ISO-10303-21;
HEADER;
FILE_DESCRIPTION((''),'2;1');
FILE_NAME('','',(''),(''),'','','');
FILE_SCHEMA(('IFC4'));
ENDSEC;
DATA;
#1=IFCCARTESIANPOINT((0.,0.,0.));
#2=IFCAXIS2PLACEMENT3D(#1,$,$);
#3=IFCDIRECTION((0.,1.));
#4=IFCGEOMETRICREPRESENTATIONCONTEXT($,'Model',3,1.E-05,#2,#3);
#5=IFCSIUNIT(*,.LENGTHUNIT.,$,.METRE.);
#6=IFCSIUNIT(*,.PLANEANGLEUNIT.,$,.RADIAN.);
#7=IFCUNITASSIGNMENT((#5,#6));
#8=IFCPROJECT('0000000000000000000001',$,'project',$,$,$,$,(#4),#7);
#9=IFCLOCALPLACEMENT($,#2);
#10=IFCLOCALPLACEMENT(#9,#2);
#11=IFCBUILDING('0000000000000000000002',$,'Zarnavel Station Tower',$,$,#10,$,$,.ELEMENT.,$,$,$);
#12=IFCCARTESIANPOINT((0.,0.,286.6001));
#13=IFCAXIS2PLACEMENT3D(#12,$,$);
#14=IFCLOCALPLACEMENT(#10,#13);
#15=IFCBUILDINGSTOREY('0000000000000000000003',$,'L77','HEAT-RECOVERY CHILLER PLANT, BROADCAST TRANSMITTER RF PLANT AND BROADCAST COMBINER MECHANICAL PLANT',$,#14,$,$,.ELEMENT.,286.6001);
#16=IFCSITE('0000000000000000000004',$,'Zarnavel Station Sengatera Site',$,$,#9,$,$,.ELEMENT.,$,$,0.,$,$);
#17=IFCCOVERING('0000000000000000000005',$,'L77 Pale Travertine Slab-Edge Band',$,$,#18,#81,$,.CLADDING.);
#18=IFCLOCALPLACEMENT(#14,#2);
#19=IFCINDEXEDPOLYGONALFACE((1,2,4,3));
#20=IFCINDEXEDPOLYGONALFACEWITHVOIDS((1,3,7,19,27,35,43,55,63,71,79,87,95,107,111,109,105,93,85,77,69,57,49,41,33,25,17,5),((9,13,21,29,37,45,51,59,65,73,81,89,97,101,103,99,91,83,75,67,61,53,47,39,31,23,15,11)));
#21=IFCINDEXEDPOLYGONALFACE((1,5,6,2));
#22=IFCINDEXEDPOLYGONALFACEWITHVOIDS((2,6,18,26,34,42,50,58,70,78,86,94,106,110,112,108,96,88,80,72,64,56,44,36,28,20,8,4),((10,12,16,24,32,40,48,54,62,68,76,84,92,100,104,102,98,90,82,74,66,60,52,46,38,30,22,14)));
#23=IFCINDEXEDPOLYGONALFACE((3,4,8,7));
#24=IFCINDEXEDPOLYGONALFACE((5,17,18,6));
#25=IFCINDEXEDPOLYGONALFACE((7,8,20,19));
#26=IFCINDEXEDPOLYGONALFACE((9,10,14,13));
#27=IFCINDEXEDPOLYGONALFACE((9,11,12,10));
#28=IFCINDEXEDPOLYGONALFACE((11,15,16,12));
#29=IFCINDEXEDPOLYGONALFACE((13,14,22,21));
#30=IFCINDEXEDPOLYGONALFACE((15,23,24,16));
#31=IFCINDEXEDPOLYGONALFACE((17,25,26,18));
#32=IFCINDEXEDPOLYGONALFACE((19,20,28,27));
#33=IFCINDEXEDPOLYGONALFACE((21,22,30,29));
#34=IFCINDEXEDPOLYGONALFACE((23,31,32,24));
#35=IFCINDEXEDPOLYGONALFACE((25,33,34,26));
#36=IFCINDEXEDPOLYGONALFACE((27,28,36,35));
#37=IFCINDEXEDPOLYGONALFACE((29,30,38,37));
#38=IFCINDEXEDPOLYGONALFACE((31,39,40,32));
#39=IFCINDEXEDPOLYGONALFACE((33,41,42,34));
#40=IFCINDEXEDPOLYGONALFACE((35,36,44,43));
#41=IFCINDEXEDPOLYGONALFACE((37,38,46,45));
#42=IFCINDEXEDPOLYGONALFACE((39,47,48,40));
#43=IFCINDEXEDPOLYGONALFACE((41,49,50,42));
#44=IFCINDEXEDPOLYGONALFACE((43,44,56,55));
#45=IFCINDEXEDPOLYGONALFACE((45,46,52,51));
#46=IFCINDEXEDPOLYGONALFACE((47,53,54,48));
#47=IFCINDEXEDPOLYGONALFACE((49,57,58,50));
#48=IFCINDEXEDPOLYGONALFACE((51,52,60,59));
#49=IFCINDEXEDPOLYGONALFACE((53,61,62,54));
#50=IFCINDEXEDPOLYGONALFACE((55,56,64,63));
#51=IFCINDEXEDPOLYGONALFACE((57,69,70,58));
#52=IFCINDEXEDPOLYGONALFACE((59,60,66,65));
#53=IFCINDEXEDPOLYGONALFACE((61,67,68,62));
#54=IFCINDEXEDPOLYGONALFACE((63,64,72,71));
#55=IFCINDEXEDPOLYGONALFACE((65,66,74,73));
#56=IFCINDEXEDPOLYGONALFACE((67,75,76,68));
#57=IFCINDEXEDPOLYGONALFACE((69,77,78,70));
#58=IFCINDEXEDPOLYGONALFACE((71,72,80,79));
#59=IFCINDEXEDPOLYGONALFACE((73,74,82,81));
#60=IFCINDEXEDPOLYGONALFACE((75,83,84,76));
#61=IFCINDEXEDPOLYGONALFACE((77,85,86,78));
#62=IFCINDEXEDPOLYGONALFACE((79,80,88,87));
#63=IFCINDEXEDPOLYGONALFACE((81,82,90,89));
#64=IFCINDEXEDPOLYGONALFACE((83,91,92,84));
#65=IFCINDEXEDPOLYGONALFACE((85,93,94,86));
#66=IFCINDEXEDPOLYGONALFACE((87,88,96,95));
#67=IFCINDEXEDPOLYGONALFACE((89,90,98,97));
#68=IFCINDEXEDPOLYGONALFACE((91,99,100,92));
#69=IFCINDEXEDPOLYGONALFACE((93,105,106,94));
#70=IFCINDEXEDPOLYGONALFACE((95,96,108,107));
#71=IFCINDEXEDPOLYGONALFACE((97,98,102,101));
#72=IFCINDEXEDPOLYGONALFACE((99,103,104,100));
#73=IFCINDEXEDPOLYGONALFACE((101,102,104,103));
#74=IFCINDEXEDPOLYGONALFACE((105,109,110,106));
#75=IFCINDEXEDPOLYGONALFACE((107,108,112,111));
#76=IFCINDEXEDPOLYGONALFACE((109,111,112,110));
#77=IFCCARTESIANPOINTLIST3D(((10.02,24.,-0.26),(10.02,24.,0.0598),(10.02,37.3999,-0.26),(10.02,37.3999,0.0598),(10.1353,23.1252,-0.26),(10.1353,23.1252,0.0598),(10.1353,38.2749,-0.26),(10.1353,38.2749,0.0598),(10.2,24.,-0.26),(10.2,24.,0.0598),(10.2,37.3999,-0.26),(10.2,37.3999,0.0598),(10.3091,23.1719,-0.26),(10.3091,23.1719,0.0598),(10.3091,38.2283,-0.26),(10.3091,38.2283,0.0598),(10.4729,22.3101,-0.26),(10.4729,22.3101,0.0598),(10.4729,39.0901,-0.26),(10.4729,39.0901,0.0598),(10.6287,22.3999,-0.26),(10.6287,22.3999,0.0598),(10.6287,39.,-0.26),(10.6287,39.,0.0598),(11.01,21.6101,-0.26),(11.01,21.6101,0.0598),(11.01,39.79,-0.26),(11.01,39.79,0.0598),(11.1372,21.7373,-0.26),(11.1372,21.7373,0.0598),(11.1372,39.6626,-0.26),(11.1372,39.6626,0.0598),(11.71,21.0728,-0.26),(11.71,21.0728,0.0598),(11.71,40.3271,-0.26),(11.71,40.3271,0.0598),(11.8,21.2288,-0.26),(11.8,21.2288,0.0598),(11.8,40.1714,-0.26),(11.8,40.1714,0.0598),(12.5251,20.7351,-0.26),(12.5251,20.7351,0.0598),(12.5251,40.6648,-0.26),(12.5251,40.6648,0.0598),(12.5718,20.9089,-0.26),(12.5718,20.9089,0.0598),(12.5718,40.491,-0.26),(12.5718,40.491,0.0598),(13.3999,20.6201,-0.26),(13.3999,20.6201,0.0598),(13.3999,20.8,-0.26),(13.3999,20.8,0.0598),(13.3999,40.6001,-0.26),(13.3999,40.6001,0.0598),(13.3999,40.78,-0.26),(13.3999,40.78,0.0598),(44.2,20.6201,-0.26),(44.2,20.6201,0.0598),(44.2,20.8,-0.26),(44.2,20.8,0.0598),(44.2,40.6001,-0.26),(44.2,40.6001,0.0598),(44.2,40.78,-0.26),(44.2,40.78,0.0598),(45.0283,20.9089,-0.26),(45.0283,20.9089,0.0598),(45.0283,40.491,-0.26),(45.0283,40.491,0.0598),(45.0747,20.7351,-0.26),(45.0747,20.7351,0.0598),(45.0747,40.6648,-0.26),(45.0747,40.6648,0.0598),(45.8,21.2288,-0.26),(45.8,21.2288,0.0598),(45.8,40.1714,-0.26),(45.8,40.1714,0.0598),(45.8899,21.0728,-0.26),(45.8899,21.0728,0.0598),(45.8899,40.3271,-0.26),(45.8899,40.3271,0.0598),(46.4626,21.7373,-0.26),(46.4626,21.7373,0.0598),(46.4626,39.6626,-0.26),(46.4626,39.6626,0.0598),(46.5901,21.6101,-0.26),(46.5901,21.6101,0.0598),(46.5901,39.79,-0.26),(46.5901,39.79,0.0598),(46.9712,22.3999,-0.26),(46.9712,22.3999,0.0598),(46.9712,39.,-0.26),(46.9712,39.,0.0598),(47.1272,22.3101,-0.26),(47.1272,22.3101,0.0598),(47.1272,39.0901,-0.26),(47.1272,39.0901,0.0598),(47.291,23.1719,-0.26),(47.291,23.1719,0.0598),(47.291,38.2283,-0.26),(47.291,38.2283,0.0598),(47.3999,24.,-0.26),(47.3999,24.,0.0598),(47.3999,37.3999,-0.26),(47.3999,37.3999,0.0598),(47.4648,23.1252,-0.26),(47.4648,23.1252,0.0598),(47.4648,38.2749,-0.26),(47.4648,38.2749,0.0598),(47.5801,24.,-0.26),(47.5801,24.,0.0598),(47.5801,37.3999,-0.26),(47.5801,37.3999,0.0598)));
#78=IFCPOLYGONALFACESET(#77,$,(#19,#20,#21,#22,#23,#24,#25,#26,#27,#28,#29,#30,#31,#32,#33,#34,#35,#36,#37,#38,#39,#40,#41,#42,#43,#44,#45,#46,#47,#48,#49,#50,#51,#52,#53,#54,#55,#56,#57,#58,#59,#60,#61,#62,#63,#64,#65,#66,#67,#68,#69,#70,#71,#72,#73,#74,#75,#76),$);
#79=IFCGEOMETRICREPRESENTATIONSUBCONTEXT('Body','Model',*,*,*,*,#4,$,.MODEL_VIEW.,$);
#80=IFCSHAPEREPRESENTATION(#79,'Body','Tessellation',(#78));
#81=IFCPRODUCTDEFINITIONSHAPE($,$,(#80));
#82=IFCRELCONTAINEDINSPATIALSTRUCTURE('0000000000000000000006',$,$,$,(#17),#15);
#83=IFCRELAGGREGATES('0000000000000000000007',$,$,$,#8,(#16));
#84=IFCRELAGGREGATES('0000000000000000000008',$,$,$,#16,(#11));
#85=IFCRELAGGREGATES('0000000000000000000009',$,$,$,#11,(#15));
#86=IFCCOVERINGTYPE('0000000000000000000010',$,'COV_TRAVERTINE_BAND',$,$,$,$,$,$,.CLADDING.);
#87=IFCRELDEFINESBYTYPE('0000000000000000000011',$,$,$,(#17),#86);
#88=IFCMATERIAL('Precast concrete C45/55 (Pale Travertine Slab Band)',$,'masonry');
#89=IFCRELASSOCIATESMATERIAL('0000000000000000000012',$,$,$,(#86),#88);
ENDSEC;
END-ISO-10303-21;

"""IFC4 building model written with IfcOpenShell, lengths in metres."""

from ifc_helpers import new_model, si_unit, direction, frame, origin, place, context, subcontext, project, spatial, polyline, outline, extrude, material, type_object, element, save


model = new_model("IFC4")

# Units and contexts
model_context = context("Model", 3, precision=1e-05, world=origin(), true_north=direction((0.0, 1.0)))
body_context = subcontext(model_context, "Body", "Model", "MODEL_VIEW")
ifc_project = project(units=[si_unit("LENGTHUNIT", "METRE"), si_unit("PLANEANGLEUNIT", "RADIAN")], contexts=[model_context])

# Site, building, storey
site_placement = place(None, origin())
site = spatial("IfcSite", under=ifc_project, at=site_placement, Name="Zarnavel Station Sengatera Site", CompositionType="ELEMENT", RefElevation=0.0)
building_placement = place(site_placement, origin())
building = spatial("IfcBuilding", under=site, at=building_placement, Name="Zarnavel Station Tower", CompositionType="ELEMENT")
storey_placement = place(building_placement, frame((0.0, 0.0, 286.6001)))
storey = spatial("IfcBuildingStorey", under=building, at=storey_placement, Name="L77", Description="HEAT-RECOVERY CHILLER PLANT, BROADCAST TRANSMITTER RF PLANT AND BROADCAST COMBINER MECHANICAL PLANT", CompositionType="ELEMENT", Elevation=286.6001)

# Covering
ifc_material_1 = material(Name="Precast concrete C45/55 (Pale Travertine Slab Band)", Category="masonry")
covering_type = type_object("IfcCoveringType", Name="COV_TRAVERTINE_BAND", PredefinedType="CLADDING", material=ifc_material_1)
covering_placement = place(storey_placement, frame((0.0, 0.0, -0.26)))
element("IfcCovering", 1, at=covering_placement, inside=storey, type_object=covering_type, Name="L77 Pale Travertine Slab-Edge Band", PredefinedType="CLADDING", context=body_context, shape_type="SweptSolid", body=[
    extrude(outline(polyline([(44.2, 20.6201), (45.0747, 20.7351), (45.8899, 21.0728), (46.5901, 21.6101), (47.1272, 22.3101), (47.4648, 23.1252), (47.5801, 24.0), (47.5801, 37.3999), (47.4648, 38.2749), (47.1272, 39.0901), (46.5901, 39.79), (45.8899, 40.3271), (45.0747, 40.6648), (44.2, 40.78), (13.3999, 40.78), (12.5251, 40.6648), (11.71, 40.3271), (11.01, 39.79), (10.4729, 39.0901), (10.1353, 38.2749), (10.02, 37.3999), (10.02, 24.0), (10.1353, 23.1252), (10.4729, 22.3101), (11.01, 21.6101), (11.71, 21.0728), (12.5251, 20.7351), (13.3999, 20.6201), (44.2, 20.6201)]), holes=[polyline([(44.2, 20.8), (45.0283, 20.9089), (45.8, 21.2288), (46.4626, 21.7373), (46.9712, 22.3999), (47.291, 23.1719), (47.3999, 24.0), (47.3999, 37.3999), (47.291, 38.2283), (46.9712, 39.0), (46.4626, 39.6626), (45.8, 40.1714), (45.0283, 40.491), (44.2, 40.6001), (13.3999, 40.6001), (12.5718, 40.491), (11.8, 40.1714), (11.1372, 39.6626), (10.6287, 39.0), (10.3091, 38.2283), (10.2, 37.3999), (10.2, 24.0), (10.3091, 23.1719), (10.6287, 22.3999), (11.1372, 21.7373), (11.8, 21.2288), (12.5718, 20.9089), (13.3999, 20.8), (44.2, 20.8)])]), origin(), (0.0, 0.0, 1.0), 0.3198),
])

save(model, "model.ifc")
